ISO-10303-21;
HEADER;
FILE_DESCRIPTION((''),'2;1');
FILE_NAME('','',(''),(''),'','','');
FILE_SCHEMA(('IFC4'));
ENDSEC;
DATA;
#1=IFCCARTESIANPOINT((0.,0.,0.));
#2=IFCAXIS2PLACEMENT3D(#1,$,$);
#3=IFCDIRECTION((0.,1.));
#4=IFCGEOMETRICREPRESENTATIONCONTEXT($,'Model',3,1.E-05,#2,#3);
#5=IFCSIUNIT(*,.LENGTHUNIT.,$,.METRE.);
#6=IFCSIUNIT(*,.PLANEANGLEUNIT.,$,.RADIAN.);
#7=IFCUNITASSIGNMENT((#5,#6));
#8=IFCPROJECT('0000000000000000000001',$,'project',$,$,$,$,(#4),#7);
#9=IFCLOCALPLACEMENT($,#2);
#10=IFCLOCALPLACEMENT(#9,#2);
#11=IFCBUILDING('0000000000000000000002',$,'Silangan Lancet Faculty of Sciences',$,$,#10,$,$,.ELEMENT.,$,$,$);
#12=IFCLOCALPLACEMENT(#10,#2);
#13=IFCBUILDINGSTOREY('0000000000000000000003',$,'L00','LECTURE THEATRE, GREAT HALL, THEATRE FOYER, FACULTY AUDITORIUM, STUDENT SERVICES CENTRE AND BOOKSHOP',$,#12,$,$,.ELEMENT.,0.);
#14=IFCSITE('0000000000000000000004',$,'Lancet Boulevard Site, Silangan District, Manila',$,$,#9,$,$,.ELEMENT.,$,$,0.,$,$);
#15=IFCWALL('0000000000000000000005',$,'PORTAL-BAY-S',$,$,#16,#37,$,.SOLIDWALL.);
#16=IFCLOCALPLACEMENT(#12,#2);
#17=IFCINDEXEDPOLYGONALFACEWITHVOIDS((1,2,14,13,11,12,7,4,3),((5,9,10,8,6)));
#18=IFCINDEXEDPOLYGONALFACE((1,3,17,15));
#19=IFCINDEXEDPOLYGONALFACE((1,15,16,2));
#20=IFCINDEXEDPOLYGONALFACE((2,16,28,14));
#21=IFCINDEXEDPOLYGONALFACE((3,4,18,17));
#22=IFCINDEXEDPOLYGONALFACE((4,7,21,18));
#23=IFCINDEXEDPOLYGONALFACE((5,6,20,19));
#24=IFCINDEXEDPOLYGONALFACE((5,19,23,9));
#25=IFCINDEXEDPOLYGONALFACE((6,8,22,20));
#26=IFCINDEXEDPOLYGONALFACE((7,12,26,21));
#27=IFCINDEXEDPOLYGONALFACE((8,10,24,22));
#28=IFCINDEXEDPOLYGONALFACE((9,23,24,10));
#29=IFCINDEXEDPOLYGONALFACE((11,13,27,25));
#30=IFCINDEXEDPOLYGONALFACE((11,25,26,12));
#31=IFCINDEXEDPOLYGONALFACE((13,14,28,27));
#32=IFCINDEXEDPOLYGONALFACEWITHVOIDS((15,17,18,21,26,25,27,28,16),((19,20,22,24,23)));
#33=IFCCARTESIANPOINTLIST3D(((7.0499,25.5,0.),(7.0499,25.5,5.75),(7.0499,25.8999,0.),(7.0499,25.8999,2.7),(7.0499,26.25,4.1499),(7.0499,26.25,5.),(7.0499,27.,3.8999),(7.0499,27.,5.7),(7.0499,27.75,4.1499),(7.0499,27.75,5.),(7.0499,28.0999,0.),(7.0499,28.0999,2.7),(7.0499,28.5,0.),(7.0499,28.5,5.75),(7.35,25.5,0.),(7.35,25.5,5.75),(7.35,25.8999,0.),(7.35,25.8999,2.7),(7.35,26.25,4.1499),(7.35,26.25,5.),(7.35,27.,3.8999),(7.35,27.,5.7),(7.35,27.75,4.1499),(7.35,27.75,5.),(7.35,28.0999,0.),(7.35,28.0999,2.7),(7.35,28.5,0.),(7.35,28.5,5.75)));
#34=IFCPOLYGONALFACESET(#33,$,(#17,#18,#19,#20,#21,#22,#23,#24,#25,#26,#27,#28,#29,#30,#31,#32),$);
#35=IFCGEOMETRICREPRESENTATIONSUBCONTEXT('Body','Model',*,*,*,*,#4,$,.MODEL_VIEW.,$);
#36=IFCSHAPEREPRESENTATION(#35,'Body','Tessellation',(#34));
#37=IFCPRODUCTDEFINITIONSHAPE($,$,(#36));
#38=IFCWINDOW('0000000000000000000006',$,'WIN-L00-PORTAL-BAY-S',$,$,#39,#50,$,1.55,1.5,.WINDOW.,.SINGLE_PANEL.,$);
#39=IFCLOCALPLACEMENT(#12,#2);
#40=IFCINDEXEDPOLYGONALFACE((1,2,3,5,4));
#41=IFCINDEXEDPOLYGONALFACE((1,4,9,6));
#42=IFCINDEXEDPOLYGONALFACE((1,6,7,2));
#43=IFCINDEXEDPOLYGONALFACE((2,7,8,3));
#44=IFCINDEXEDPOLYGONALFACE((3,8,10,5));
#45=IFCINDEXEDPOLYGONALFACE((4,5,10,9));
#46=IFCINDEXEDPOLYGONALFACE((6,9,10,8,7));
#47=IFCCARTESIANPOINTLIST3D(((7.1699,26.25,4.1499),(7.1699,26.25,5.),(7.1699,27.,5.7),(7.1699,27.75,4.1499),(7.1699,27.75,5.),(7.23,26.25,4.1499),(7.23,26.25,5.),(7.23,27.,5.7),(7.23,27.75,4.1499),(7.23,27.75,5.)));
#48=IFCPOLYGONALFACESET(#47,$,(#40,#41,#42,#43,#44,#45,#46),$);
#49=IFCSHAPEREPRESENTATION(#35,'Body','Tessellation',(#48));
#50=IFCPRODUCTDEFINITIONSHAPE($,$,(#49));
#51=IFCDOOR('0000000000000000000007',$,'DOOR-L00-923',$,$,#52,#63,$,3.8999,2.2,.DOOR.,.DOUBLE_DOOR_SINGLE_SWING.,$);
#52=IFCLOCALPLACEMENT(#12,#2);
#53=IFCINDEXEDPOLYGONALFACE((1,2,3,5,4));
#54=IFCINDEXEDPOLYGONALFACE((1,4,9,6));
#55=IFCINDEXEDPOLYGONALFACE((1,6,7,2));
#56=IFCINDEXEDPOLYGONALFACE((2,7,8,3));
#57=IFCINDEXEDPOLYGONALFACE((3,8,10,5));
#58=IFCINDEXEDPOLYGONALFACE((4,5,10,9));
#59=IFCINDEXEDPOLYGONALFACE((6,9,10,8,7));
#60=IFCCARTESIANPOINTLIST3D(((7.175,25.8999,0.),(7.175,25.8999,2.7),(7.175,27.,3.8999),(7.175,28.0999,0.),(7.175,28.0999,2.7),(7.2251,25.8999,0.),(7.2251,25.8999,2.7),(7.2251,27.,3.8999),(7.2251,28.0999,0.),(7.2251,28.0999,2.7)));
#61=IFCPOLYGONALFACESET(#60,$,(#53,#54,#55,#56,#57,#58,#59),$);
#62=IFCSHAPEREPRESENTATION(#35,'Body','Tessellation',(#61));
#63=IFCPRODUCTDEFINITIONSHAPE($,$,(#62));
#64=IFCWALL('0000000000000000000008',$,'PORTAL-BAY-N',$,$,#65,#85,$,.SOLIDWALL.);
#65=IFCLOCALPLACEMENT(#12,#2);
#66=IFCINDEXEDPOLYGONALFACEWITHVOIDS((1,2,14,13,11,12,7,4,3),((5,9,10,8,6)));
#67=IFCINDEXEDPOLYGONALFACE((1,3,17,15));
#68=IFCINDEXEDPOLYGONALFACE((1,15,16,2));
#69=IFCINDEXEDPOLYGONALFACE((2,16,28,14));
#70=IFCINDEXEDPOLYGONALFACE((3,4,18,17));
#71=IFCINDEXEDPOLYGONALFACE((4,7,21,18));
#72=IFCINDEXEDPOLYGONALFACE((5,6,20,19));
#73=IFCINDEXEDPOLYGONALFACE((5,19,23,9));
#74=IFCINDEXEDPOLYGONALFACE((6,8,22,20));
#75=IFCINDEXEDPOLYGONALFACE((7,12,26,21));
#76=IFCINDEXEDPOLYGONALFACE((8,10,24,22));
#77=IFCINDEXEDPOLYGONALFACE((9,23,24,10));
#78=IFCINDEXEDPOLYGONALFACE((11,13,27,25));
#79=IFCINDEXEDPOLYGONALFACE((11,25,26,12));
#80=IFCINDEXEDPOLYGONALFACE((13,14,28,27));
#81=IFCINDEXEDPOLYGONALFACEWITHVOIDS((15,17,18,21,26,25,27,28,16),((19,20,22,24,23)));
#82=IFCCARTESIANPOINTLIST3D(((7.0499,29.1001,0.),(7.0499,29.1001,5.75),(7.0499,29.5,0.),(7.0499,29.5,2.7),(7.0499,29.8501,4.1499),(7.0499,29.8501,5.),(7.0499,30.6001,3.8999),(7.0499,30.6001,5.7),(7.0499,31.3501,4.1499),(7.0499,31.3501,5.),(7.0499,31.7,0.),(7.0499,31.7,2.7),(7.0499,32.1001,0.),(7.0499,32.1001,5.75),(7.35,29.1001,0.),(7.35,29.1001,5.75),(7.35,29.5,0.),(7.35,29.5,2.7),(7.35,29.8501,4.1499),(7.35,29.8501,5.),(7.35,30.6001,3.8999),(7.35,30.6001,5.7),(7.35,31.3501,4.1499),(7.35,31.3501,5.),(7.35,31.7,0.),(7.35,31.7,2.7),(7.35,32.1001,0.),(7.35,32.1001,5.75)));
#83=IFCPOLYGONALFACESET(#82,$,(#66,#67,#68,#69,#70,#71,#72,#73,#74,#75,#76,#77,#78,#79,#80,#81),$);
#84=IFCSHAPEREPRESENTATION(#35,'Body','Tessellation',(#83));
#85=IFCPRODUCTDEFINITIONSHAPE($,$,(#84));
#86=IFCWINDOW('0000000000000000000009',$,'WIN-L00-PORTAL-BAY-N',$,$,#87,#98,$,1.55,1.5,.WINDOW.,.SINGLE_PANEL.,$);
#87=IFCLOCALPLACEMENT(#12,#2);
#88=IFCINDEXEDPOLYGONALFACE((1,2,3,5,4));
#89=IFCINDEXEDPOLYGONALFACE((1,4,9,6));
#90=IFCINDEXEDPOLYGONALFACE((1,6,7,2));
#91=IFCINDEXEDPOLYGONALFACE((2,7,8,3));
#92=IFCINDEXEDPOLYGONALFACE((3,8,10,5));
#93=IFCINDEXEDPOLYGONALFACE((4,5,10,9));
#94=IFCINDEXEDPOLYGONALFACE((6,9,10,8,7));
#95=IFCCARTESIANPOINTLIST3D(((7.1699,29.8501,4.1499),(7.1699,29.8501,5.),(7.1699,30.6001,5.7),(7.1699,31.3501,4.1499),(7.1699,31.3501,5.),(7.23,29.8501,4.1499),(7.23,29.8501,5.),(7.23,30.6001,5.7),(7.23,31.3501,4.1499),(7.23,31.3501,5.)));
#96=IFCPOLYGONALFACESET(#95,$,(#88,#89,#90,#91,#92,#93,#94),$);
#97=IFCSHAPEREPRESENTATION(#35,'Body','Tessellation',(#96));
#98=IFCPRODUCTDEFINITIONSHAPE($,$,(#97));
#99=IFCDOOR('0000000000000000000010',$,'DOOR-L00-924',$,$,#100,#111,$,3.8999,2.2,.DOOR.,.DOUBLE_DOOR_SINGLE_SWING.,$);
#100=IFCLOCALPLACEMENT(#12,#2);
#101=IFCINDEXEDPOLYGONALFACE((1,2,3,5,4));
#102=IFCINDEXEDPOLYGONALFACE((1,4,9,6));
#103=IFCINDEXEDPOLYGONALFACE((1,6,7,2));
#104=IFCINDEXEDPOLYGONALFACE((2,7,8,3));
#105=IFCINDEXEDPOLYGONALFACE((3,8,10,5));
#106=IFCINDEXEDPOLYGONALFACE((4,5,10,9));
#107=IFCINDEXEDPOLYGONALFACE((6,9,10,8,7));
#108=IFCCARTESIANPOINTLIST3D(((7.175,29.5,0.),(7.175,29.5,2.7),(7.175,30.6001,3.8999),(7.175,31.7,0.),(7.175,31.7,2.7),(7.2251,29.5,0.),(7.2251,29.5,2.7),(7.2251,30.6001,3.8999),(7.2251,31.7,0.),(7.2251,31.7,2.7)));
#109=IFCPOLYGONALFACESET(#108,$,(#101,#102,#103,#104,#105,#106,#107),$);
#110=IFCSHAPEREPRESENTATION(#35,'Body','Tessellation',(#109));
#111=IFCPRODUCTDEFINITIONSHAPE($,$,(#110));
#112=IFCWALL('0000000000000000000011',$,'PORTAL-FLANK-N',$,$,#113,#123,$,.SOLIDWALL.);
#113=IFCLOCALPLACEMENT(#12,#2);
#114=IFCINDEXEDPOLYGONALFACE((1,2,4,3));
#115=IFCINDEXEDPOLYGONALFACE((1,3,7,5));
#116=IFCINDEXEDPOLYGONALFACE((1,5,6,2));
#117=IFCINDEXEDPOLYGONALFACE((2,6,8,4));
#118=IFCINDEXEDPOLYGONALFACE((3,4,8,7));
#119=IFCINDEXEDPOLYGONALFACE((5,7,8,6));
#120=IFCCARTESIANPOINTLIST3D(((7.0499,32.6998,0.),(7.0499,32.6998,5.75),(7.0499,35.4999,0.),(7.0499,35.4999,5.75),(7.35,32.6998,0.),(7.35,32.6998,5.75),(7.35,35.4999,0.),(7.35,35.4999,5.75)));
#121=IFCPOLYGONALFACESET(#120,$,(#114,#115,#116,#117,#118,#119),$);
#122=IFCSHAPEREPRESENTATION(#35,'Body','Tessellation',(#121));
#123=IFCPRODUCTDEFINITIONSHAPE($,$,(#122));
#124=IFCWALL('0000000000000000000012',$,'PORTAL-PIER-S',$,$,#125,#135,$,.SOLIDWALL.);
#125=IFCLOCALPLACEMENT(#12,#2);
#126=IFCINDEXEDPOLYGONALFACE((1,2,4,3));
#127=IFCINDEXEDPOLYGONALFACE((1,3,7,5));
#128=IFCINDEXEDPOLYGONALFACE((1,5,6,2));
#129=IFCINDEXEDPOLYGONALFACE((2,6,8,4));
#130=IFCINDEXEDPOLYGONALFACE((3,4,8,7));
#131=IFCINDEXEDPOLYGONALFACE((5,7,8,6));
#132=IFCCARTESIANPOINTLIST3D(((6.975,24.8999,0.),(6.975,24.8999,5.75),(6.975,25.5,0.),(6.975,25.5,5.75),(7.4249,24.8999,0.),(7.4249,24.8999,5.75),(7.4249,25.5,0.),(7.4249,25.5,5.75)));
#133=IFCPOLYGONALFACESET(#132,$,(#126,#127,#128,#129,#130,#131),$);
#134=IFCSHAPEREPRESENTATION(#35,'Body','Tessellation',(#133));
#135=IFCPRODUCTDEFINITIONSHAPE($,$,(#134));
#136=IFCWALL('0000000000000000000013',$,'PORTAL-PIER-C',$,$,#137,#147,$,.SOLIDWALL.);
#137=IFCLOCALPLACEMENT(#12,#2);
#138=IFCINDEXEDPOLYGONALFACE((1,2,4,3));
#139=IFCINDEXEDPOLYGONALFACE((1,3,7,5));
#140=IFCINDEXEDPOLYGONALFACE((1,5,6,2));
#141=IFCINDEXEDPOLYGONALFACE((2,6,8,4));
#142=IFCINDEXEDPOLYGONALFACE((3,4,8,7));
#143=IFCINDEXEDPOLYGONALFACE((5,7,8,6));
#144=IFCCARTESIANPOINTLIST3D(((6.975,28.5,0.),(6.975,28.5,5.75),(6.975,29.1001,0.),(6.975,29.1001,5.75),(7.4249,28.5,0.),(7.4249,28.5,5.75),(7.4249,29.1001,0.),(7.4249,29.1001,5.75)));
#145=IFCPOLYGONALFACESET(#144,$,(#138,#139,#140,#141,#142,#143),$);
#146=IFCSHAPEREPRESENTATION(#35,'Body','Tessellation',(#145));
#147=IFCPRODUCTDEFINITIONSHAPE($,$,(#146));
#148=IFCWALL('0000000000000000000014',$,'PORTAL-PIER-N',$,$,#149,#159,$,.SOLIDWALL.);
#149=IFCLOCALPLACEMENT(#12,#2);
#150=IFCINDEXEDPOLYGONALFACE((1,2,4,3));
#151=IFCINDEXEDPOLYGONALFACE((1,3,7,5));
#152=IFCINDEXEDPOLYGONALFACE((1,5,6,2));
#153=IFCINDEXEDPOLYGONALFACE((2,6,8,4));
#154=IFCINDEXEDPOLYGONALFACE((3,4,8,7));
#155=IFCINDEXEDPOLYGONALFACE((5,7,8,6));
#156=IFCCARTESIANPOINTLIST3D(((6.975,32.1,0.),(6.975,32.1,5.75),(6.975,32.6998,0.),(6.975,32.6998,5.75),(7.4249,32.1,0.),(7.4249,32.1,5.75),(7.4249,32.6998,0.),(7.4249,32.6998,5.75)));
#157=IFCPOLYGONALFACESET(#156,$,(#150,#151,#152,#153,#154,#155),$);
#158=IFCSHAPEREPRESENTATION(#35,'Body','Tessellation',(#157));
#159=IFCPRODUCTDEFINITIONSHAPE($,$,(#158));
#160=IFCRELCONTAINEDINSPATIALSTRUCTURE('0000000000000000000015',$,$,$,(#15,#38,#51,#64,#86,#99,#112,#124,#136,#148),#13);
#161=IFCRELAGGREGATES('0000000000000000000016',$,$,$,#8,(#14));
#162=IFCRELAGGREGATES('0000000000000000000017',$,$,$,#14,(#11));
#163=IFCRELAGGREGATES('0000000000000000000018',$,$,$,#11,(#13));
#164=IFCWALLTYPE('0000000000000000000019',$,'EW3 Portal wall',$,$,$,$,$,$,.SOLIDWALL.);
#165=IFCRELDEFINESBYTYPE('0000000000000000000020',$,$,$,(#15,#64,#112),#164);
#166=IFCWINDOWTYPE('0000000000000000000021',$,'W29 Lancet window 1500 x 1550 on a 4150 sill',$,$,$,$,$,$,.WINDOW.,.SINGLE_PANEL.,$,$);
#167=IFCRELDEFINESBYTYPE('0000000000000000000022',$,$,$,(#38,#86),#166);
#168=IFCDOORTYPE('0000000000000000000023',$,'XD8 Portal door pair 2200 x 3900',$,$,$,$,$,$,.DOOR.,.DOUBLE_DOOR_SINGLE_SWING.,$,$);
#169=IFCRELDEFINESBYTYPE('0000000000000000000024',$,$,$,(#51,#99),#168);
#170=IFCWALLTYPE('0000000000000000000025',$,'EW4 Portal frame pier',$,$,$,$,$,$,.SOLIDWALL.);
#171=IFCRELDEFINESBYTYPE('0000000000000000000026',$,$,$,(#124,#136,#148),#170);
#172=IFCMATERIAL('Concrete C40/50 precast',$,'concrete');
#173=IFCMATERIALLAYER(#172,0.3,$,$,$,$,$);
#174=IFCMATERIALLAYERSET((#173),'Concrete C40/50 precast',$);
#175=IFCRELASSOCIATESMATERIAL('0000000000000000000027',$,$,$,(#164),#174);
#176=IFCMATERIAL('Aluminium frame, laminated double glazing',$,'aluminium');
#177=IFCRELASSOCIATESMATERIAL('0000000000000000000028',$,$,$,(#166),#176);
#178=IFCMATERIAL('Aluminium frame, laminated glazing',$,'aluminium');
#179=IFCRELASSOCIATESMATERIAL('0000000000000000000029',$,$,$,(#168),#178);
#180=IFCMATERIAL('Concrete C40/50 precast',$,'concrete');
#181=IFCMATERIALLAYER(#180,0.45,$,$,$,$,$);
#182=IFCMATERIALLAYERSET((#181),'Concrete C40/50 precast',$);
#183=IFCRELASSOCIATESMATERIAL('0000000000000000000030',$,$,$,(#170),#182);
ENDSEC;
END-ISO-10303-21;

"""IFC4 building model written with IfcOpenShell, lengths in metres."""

from ifc_helpers import new_model, si_unit, direction, frame, frame_2d, origin, place, context, subcontext, project, spatial, polyline, rectangle, outline, extrude, material, layer, layer_set, type_object, element, fill, save


model = new_model("IFC4")

# Units and contexts
model_context = context("Model", 3, precision=1e-05, world=origin(), true_north=direction((0.0, 1.0)))
body_context = subcontext(model_context, "Body", "Model", "MODEL_VIEW")
ifc_project = project(units=[si_unit("LENGTHUNIT", "METRE"), si_unit("PLANEANGLEUNIT", "RADIAN")], contexts=[model_context])

# Site, building, storey
site_placement = place(None, origin())
site = spatial("IfcSite", under=ifc_project, at=site_placement, Name="Lancet Boulevard Site, Silangan District, Manila", CompositionType="ELEMENT", RefElevation=0.0)
building_placement = place(site_placement, origin())
building = spatial("IfcBuilding", under=site, at=building_placement, Name="Silangan Lancet Faculty of Sciences", CompositionType="ELEMENT")
storey_placement = place(building_placement, origin())
storey = spatial("IfcBuildingStorey", under=building, at=storey_placement, Name="L00", Description="LECTURE THEATRE, GREAT HALL, THEATRE FOYER, FACULTY AUDITORIUM, STUDENT SERVICES CENTRE AND BOOKSHOP", CompositionType="ELEMENT", Elevation=0.0)

# Shared definitions
ifc_material_1 = material(Name="Concrete C40/50 precast", Category="concrete")
ifc_layer_1 = layer(ifc_material_1, 0.3)
ifc_layer_set_1 = layer_set([ifc_layer_1], Name="Concrete C40/50 precast")
wall_type_1 = type_object("IfcWallType", Name="EW3 Portal wall", PredefinedType="SOLIDWALL", material=ifc_layer_set_1)

# Walls, openings, windows, doors
wall_1_placement = place(storey_placement, frame((7.2, 25.5, 0.0), z_axis=(0.0, 0.0, 1.0), x_axis=(0.0, 1.0, 0.0)))
wall_1 = element("IfcWall", 1, at=wall_1_placement, inside=storey, type_object=wall_type_1, Name="PORTAL-BAY-S", PredefinedType="SOLIDWALL", context=body_context, shape_type="SweptSolid", body=[
    extrude(rectangle(XDim=3.0, YDim=0.3, at=frame_2d((1.5, 0.0))), origin(), (0.0, 0.0, 1.0), 5.75),
])
opening_1_placement = place(wall_1_placement, frame((0.3999, 0.0, 0.0)))
opening_1 = element("IfcOpeningElement", 2, at=opening_1_placement, cuts=wall_1, PredefinedType="OPENING", context=body_context, shape_type="SweptSolid", body=[
    extrude(outline(polyline([(0.0, 0.0), (2.2, 0.0), (2.2, 2.7), (1.1001, 3.8999), (0.0, 2.7), (0.0, 0.0)])), frame((0.0, 0.1599, 0.0), z_axis=(0.0, -1.0, 0.0), x_axis=(1.0, 0.0, 0.0)), (0.0, 0.0, 1.0), 0.3201),
])
opening_2_placement = place(wall_1_placement, frame((0.75, 0.0, 4.1499)))
opening_2 = element("IfcOpeningElement", 3, at=opening_2_placement, cuts=wall_1, PredefinedType="OPENING", context=body_context, shape_type="SweptSolid", body=[
    extrude(outline(polyline([(0.0, 0.0), (1.5, 0.0), (1.5, 0.8501), (0.75, 1.55), (0.0, 0.8501), (0.0, 0.0)])), frame((0.0, 0.1599, 0.0), z_axis=(0.0, -1.0, 0.0), x_axis=(1.0, 0.0, 0.0)), (0.0, 0.0, 1.0), 0.3201),
])
ifc_material_2 = material(Name="Aluminium frame, laminated double glazing", Category="aluminium")
window_type = type_object("IfcWindowType", Name="W29 Lancet window 1500 x 1550 on a 4150 sill", PartitioningType="SINGLE_PANEL", PredefinedType="WINDOW", material=ifc_material_2)
window_1_placement = place(opening_2_placement, origin())
window_1 = element("IfcWindow", 4, at=window_1_placement, inside=storey, type_object=window_type, Name="WIN-L00-PORTAL-BAY-S", OverallHeight=1.55, OverallWidth=1.5, PartitioningType="SINGLE_PANEL", PredefinedType="WINDOW", context=body_context, shape_type="SweptSolid", body=[
    extrude(outline(polyline([(0.0, 0.0), (1.5, 0.0), (1.5, 0.8501), (0.75, 1.55), (0.0, 0.8501), (0.0, 0.0)])), frame((0.0, 0.03, 0.0), z_axis=(0.0, -1.0, 0.0), x_axis=(1.0, 0.0, 0.0)), (0.0, 0.0, 1.0), 0.0601),
])
fill(opening_2, window_1)
ifc_material_3 = material(Name="Aluminium frame, laminated glazing", Category="aluminium")
door_type = type_object("IfcDoorType", Name="XD8 Portal door pair 2200 x 3900", OperationType="DOUBLE_DOOR_SINGLE_SWING", PredefinedType="DOOR", material=ifc_material_3)
door_1_placement = place(opening_1_placement, origin())
door_1 = element("IfcDoor", 5, at=door_1_placement, inside=storey, type_object=door_type, Name="DOOR-L00-923", OperationType="DOUBLE_DOOR_SINGLE_SWING", OverallHeight=3.8999, OverallWidth=2.2, PredefinedType="DOOR", context=body_context, shape_type="SweptSolid", body=[
    extrude(outline(polyline([(0.0, 0.0), (2.2, 0.0), (2.2, 2.7), (1.1001, 3.8999), (0.0, 2.7), (0.0, 0.0)])), frame((0.0, 0.0249, 0.0), z_axis=(0.0, -1.0, 0.0), x_axis=(1.0, 0.0, 0.0)), (0.0, 0.0, 1.0), 0.05),
])
fill(opening_1, door_1)
wall_2_placement = place(storey_placement, frame((7.2, 29.1001, 0.0), z_axis=(0.0, 0.0, 1.0), x_axis=(0.0, 1.0, 0.0)))
wall_2 = element("IfcWall", 6, at=wall_2_placement, inside=storey, type_object=wall_type_1, Name="PORTAL-BAY-N", PredefinedType="SOLIDWALL", context=body_context, shape_type="SweptSolid", body=[
    extrude(rectangle(XDim=3.0, YDim=0.3, at=frame_2d((1.5, 0.0))), origin(), (0.0, 0.0, 1.0), 5.75),
])
opening_3_placement = place(wall_2_placement, frame((0.3999, 0.0, 0.0)))
opening_3 = element("IfcOpeningElement", 7, at=opening_3_placement, cuts=wall_2, PredefinedType="OPENING", context=body_context, shape_type="SweptSolid", body=[
    extrude(outline(polyline([(0.0, 0.0), (2.2, 0.0), (2.2, 2.7), (1.1001, 3.8999), (0.0, 2.7), (0.0, 0.0)])), frame((0.0, 0.1599, 0.0), z_axis=(0.0, -1.0, 0.0), x_axis=(1.0, 0.0, 0.0)), (0.0, 0.0, 1.0), 0.3201),
])
opening_4_placement = place(wall_2_placement, frame((0.75, 0.0, 4.1499)))
opening_4 = element("IfcOpeningElement", 8, at=opening_4_placement, cuts=wall_2, PredefinedType="OPENING", context=body_context, shape_type="SweptSolid", body=[
    extrude(outline(polyline([(0.0, 0.0), (1.5, 0.0), (1.5, 0.8501), (0.75, 1.55), (0.0, 0.8501), (0.0, 0.0)])), frame((0.0, 0.1599, 0.0), z_axis=(0.0, -1.0, 0.0), x_axis=(1.0, 0.0, 0.0)), (0.0, 0.0, 1.0), 0.3201),
])
window_2_placement = place(opening_4_placement, origin())
window_2 = element("IfcWindow", 9, at=window_2_placement, inside=storey, type_object=window_type, Name="WIN-L00-PORTAL-BAY-N", OverallHeight=1.55, OverallWidth=1.5, PartitioningType="SINGLE_PANEL", PredefinedType="WINDOW", context=body_context, shape_type="SweptSolid", body=[
    extrude(outline(polyline([(0.0, 0.0), (1.5, 0.0), (1.5, 0.8501), (0.75, 1.55), (0.0, 0.8501), (0.0, 0.0)])), frame((0.0, 0.03, 0.0), z_axis=(0.0, -1.0, 0.0), x_axis=(1.0, 0.0, 0.0)), (0.0, 0.0, 1.0), 0.0601),
])
fill(opening_4, window_2)
door_2_placement = place(opening_3_placement, origin())
door_2 = element("IfcDoor", 10, at=door_2_placement, inside=storey, type_object=door_type, Name="DOOR-L00-924", OperationType="DOUBLE_DOOR_SINGLE_SWING", OverallHeight=3.8999, OverallWidth=2.2, PredefinedType="DOOR", context=body_context, shape_type="SweptSolid", body=[
    extrude(outline(polyline([(0.0, 0.0), (2.2, 0.0), (2.2, 2.7), (1.1001, 3.8999), (0.0, 2.7), (0.0, 0.0)])), frame((0.0, 0.0249, 0.0), z_axis=(0.0, -1.0, 0.0), x_axis=(1.0, 0.0, 0.0)), (0.0, 0.0, 1.0), 0.05),
])
fill(opening_3, door_2)

# Walls
wall_3_placement = place(storey_placement, frame((7.2, 32.7, 0.0), z_axis=(0.0, 0.0, 1.0), x_axis=(0.0, 1.0, 0.0)))
element("IfcWall", 11, at=wall_3_placement, inside=storey, type_object=wall_type_1, Name="PORTAL-FLANK-N", PredefinedType="SOLIDWALL", context=body_context, shape_type="SweptSolid", body=[
    extrude(rectangle(XDim=2.8, YDim=0.3, at=frame_2d((1.3999, 0.0))), origin(), (0.0, 0.0, 1.0), 5.75),
])
ifc_material_4 = material(Name="Concrete C40/50 precast", Category="concrete")
ifc_layer_2 = layer(ifc_material_4, 0.45)
ifc_layer_set_2 = layer_set([ifc_layer_2], Name="Concrete C40/50 precast")
wall_type_2 = type_object("IfcWallType", Name="EW4 Portal frame pier", PredefinedType="SOLIDWALL", material=ifc_layer_set_2)
for number, where, z_axis, x_axis, name in (
    (12, (7.2, 24.8999, 0.0), (0.0, 0.0, 1.0), (0.0, 1.0, 0.0), "PORTAL-PIER-S"),
    (13, (7.2, 28.5, 0.0), (0.0, 0.0, 1.0), (0.0, 1.0, 0.0), "PORTAL-PIER-C"),
):
    element("IfcWall", number, at=place(storey_placement, frame(where, z_axis=z_axis, x_axis=x_axis)), inside=storey, type_object=wall_type_2, Name=name, PredefinedType="SOLIDWALL", context=body_context, shape_type="SweptSolid", body=[
        extrude(rectangle(XDim=0.6001, YDim=0.45, at=frame_2d((0.3, 0.0))), origin(), (0.0, 0.0, 1.0), 5.75),
    ])
wall_4_placement = place(storey_placement, frame((7.2, 32.1001, 0.0), z_axis=(0.0, 0.0, 1.0), x_axis=(0.0, 1.0, 0.0)))
element("IfcWall", 14, at=wall_4_placement, inside=storey, type_object=wall_type_2, Name="PORTAL-PIER-N", PredefinedType="SOLIDWALL", context=body_context, shape_type="SweptSolid", body=[
    extrude(rectangle(XDim=0.5999, YDim=0.45, at=frame_2d((0.2998, 0.0))), origin(), (0.0, 0.0, 1.0), 5.75),
])

save(model, "model.ifc")
